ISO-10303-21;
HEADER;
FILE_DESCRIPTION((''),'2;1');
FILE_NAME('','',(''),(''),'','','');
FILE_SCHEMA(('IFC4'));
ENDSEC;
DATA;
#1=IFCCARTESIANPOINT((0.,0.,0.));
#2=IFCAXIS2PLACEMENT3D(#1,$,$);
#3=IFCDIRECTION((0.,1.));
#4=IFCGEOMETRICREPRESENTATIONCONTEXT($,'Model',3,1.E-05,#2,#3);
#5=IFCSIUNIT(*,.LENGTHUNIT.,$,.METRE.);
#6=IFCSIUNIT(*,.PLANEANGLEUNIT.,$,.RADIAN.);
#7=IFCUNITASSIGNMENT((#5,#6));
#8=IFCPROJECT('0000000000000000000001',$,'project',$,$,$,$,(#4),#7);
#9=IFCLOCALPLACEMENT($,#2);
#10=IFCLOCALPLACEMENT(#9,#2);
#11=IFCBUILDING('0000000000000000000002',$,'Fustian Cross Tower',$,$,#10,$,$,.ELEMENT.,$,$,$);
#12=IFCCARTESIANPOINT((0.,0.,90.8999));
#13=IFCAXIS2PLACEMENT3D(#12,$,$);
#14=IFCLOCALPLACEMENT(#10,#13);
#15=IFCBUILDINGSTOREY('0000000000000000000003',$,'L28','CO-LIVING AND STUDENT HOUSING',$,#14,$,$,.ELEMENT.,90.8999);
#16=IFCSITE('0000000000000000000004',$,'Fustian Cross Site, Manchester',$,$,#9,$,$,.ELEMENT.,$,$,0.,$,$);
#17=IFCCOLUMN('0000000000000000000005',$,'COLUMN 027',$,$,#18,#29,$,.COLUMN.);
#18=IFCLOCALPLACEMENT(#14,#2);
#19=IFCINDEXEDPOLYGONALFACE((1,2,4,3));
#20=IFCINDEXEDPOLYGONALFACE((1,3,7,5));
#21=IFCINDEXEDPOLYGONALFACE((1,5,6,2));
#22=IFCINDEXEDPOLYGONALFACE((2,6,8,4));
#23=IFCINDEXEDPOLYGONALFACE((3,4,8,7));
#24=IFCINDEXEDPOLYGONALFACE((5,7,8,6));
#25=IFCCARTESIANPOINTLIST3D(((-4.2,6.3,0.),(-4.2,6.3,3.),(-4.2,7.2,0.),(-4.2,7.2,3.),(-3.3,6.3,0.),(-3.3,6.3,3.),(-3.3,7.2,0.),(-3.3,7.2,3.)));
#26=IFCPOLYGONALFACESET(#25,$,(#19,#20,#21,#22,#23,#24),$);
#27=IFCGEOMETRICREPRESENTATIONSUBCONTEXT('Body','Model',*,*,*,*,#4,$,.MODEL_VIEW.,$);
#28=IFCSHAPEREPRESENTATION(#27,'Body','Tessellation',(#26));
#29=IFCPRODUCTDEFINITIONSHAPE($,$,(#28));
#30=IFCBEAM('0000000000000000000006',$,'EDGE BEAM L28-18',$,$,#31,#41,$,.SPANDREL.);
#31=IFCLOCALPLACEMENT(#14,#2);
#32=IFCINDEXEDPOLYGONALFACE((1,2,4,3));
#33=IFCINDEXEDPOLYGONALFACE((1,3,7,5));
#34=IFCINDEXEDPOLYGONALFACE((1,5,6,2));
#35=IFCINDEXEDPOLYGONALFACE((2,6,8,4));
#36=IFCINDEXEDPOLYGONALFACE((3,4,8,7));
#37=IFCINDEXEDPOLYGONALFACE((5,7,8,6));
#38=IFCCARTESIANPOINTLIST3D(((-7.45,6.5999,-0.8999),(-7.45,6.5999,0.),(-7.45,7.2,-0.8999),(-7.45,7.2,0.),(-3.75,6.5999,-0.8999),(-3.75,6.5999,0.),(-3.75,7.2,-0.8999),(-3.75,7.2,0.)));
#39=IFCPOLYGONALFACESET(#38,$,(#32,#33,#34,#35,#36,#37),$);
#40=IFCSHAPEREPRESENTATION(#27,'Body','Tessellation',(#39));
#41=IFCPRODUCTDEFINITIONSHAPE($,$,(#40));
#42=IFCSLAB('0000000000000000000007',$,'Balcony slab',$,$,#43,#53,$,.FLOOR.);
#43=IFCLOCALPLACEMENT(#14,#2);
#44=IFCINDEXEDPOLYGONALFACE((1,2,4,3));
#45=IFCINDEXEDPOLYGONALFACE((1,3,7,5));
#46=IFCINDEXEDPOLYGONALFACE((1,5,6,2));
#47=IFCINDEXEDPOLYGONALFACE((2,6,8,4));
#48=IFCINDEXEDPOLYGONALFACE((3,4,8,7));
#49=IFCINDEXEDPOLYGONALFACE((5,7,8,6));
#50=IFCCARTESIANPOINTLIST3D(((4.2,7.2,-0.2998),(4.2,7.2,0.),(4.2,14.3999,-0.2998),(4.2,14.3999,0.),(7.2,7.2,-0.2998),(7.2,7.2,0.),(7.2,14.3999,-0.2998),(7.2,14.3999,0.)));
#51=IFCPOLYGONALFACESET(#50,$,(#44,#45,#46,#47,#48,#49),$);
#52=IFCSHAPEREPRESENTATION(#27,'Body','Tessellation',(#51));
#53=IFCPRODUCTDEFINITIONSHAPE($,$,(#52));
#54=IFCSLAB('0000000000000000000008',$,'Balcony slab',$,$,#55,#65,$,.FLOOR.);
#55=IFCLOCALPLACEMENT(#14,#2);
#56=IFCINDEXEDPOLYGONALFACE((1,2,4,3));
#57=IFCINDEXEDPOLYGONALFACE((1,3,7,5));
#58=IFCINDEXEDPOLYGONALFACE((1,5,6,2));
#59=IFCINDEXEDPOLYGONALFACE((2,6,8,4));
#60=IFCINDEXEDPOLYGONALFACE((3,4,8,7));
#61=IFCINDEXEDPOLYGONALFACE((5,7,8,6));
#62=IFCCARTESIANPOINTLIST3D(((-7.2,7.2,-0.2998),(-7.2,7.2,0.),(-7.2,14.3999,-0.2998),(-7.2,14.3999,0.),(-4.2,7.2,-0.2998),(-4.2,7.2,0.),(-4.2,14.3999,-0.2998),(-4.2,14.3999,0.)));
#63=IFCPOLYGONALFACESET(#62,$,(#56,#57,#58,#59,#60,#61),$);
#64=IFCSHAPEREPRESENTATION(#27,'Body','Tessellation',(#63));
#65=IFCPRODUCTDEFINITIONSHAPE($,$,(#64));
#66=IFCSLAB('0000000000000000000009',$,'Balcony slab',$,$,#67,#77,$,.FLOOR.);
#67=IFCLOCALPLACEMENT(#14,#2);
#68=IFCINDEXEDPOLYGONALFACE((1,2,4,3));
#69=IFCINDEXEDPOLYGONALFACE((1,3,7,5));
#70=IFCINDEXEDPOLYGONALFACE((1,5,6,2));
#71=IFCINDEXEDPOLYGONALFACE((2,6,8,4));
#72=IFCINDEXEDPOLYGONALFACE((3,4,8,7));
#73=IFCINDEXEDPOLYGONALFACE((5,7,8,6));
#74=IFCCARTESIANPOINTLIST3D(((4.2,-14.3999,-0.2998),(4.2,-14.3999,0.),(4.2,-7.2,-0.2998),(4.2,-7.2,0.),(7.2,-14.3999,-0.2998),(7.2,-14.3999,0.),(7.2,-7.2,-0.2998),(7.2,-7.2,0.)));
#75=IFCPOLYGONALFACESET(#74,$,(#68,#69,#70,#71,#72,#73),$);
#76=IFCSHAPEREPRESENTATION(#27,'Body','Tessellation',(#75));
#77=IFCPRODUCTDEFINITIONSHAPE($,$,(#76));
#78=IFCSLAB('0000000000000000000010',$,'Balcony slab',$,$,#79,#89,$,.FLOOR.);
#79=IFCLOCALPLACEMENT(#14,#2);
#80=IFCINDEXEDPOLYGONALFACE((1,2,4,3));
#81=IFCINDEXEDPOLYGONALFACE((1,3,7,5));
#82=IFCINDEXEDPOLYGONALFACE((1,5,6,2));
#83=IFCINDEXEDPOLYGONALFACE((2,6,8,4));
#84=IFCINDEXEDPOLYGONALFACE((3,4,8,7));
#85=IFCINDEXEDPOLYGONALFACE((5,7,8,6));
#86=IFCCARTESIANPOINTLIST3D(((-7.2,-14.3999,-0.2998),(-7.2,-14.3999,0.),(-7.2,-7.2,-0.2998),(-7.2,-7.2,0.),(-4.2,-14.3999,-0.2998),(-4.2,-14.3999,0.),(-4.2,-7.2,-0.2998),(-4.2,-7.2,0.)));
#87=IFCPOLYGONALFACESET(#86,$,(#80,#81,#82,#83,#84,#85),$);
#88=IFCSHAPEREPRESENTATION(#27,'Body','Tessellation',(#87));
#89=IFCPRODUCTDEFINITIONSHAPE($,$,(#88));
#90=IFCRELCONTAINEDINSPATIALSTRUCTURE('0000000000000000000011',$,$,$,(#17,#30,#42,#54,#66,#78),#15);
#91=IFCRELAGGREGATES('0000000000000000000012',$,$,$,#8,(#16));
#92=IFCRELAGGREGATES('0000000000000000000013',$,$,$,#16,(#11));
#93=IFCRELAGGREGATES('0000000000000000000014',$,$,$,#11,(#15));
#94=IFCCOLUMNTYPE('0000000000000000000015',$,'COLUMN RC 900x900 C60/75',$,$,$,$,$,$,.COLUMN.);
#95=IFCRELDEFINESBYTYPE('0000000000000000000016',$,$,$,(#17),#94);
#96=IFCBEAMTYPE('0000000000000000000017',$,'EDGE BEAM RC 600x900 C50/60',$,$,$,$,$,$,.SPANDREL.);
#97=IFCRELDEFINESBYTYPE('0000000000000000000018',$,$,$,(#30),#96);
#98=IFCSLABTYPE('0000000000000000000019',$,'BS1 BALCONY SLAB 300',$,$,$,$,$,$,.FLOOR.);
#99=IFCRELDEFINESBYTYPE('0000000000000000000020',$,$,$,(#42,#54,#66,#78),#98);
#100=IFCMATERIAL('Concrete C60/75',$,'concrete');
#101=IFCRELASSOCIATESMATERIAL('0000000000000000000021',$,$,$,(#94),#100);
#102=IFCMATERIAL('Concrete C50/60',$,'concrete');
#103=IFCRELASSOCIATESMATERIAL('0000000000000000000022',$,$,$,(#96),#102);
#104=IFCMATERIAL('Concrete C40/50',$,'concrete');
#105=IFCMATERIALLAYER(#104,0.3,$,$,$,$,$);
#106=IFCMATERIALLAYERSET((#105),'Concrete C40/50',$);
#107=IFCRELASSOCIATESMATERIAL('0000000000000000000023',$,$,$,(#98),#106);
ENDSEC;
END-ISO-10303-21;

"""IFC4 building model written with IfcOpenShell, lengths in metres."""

from ifc_helpers import new_model, si_unit, direction, frame, origin, origin_2d, place, context, subcontext, project, spatial, polyline, rectangle, outline, extrude, material, layer, layer_set, material_profile, profile_set, type_object, element, save


model = new_model("IFC4")

# Units and contexts
model_context = context("Model", 3, precision=1e-05, world=origin(), true_north=direction((0.0, 1.0)))
body_context = subcontext(model_context, "Body", "Model", "MODEL_VIEW")
ifc_project = project(units=[si_unit("LENGTHUNIT", "METRE"), si_unit("PLANEANGLEUNIT", "RADIAN")], contexts=[model_context])

# Site, building, storey
site_placement = place(None, origin())
site = spatial("IfcSite", under=ifc_project, at=site_placement, Name="Fustian Cross Site, Manchester", CompositionType="ELEMENT", RefElevation=0.0)
building_placement = place(site_placement, origin())
building = spatial("IfcBuilding", under=site, at=building_placement, Name="Fustian Cross Tower", CompositionType="ELEMENT")
storey_placement = place(building_placement, frame((0.0, 0.0, 90.8999)))
storey = spatial("IfcBuildingStorey", under=building, at=storey_placement, Name="L28", Description="CO-LIVING AND STUDENT HOUSING", CompositionType="ELEMENT", Elevation=90.8999)

# Column
ifc_material_1 = material(Name="Concrete C60/75", Category="concrete")
ifc_material_profile_1 = material_profile(ifc_material_1, rectangle(XDim=0.8999, YDim=0.8999, at=origin_2d()), Name="RC 900x900")
ifc_profile_set_1 = profile_set([ifc_material_profile_1], Name="Concrete C60/75")
column_type = type_object("IfcColumnType", Name="COLUMN RC 900x900 C60/75", PredefinedType="COLUMN", material=ifc_profile_set_1)
column_placement = place(storey_placement, frame((-3.75, 6.75, 0.0), z_axis=(0.0, 0.0, 1.0), x_axis=(1.0, 0.0, 0.0)))
element("IfcColumn", 1, at=column_placement, inside=storey, type_object=column_type, Name="COLUMN 027", PredefinedType="COLUMN", context=body_context, shape_type="SweptSolid", body=[
    extrude(rectangle(XDim=0.8999, YDim=0.8999, at=origin_2d()), origin(), (0.0, 0.0, 1.0), 3.0),
])

# Beam
ifc_material_2 = material(Name="Concrete C50/60", Category="concrete")
ifc_material_profile_2 = material_profile(ifc_material_2, rectangle(XDim=0.6001, YDim=0.8999, at=origin_2d()), Name="RC 600x900")
ifc_profile_set_2 = profile_set([ifc_material_profile_2], Name="Concrete C50/60")
beam_type = type_object("IfcBeamType", Name="EDGE BEAM RC 600x900 C50/60", PredefinedType="SPANDREL", material=ifc_profile_set_2)
beam_placement = place(storey_placement, frame((-3.75, 6.8999, -0.45), z_axis=(-1.0, 0.0, 0.0), x_axis=(0.0, -1.0, 0.0)))
element("IfcBeam", 2, at=beam_placement, inside=storey, type_object=beam_type, Name="EDGE BEAM L28-18", PredefinedType="SPANDREL", context=body_context, shape_type="SweptSolid", body=[
    extrude(rectangle(XDim=0.6001, YDim=0.8999, at=origin_2d()), origin(), (0.0, 0.0, 1.0), 3.7),
])

# Slabs
ifc_material_3 = material(Name="Concrete C40/50", Category="concrete")
ifc_layer_1 = layer(ifc_material_3, 0.3)
ifc_layer_set_1 = layer_set([ifc_layer_1], Name="Concrete C40/50")
slab_type_1 = type_object("IfcSlabType", Name="BS1 BALCONY SLAB 300", PredefinedType="FLOOR", material=ifc_layer_set_1)
slab_1_placement = place(storey_placement, frame((0.0, 0.0, -0.2998)))
element("IfcSlab", 3, at=slab_1_placement, inside=storey, type_object=slab_type_1, Name="Balcony slab", PredefinedType="FLOOR", context=body_context, shape_type="SweptSolid", body=[
    extrude(outline(polyline([(4.2, 7.2), (7.2, 7.2), (7.2, 14.3999), (4.2, 14.3999), (4.2, 7.2)])), origin(), (0.0, 0.0, 1.0), 0.2998),
])
slab_2_placement = place(storey_placement, frame((0.0, 0.0, -0.2998)))
element("IfcSlab", 4, at=slab_2_placement, inside=storey, type_object=slab_type_1, Name="Balcony slab", PredefinedType="FLOOR", context=body_context, shape_type="SweptSolid", body=[
    extrude(outline(polyline([(-7.2, 7.2), (-4.2, 7.2), (-4.2, 14.3999), (-7.2, 14.3999), (-7.2, 7.2)])), origin(), (0.0, 0.0, 1.0), 0.2998),
])
slab_3_placement = place(storey_placement, frame((0.0, 0.0, -0.2998)))
element("IfcSlab", 5, at=slab_3_placement, inside=storey, type_object=slab_type_1, Name="Balcony slab", PredefinedType="FLOOR", context=body_context, shape_type="SweptSolid", body=[
    extrude(outline(polyline([(4.2, -14.3999), (7.2, -14.3999), (7.2, -7.2), (4.2, -7.2), (4.2, -14.3999)])), origin(), (0.0, 0.0, 1.0), 0.2998),
])
slab_4_placement = place(storey_placement, frame((0.0, 0.0, -0.2998)))
element("IfcSlab", 6, at=slab_4_placement, inside=storey, type_object=slab_type_1, Name="Balcony slab", PredefinedType="FLOOR", context=body_context, shape_type="SweptSolid", body=[
    extrude(outline(polyline([(-7.2, -14.3999), (-4.2, -14.3999), (-4.2, -7.2), (-7.2, -7.2), (-7.2, -14.3999)])), origin(), (0.0, 0.0, 1.0), 0.2998),
])

save(model, "model.ifc")
